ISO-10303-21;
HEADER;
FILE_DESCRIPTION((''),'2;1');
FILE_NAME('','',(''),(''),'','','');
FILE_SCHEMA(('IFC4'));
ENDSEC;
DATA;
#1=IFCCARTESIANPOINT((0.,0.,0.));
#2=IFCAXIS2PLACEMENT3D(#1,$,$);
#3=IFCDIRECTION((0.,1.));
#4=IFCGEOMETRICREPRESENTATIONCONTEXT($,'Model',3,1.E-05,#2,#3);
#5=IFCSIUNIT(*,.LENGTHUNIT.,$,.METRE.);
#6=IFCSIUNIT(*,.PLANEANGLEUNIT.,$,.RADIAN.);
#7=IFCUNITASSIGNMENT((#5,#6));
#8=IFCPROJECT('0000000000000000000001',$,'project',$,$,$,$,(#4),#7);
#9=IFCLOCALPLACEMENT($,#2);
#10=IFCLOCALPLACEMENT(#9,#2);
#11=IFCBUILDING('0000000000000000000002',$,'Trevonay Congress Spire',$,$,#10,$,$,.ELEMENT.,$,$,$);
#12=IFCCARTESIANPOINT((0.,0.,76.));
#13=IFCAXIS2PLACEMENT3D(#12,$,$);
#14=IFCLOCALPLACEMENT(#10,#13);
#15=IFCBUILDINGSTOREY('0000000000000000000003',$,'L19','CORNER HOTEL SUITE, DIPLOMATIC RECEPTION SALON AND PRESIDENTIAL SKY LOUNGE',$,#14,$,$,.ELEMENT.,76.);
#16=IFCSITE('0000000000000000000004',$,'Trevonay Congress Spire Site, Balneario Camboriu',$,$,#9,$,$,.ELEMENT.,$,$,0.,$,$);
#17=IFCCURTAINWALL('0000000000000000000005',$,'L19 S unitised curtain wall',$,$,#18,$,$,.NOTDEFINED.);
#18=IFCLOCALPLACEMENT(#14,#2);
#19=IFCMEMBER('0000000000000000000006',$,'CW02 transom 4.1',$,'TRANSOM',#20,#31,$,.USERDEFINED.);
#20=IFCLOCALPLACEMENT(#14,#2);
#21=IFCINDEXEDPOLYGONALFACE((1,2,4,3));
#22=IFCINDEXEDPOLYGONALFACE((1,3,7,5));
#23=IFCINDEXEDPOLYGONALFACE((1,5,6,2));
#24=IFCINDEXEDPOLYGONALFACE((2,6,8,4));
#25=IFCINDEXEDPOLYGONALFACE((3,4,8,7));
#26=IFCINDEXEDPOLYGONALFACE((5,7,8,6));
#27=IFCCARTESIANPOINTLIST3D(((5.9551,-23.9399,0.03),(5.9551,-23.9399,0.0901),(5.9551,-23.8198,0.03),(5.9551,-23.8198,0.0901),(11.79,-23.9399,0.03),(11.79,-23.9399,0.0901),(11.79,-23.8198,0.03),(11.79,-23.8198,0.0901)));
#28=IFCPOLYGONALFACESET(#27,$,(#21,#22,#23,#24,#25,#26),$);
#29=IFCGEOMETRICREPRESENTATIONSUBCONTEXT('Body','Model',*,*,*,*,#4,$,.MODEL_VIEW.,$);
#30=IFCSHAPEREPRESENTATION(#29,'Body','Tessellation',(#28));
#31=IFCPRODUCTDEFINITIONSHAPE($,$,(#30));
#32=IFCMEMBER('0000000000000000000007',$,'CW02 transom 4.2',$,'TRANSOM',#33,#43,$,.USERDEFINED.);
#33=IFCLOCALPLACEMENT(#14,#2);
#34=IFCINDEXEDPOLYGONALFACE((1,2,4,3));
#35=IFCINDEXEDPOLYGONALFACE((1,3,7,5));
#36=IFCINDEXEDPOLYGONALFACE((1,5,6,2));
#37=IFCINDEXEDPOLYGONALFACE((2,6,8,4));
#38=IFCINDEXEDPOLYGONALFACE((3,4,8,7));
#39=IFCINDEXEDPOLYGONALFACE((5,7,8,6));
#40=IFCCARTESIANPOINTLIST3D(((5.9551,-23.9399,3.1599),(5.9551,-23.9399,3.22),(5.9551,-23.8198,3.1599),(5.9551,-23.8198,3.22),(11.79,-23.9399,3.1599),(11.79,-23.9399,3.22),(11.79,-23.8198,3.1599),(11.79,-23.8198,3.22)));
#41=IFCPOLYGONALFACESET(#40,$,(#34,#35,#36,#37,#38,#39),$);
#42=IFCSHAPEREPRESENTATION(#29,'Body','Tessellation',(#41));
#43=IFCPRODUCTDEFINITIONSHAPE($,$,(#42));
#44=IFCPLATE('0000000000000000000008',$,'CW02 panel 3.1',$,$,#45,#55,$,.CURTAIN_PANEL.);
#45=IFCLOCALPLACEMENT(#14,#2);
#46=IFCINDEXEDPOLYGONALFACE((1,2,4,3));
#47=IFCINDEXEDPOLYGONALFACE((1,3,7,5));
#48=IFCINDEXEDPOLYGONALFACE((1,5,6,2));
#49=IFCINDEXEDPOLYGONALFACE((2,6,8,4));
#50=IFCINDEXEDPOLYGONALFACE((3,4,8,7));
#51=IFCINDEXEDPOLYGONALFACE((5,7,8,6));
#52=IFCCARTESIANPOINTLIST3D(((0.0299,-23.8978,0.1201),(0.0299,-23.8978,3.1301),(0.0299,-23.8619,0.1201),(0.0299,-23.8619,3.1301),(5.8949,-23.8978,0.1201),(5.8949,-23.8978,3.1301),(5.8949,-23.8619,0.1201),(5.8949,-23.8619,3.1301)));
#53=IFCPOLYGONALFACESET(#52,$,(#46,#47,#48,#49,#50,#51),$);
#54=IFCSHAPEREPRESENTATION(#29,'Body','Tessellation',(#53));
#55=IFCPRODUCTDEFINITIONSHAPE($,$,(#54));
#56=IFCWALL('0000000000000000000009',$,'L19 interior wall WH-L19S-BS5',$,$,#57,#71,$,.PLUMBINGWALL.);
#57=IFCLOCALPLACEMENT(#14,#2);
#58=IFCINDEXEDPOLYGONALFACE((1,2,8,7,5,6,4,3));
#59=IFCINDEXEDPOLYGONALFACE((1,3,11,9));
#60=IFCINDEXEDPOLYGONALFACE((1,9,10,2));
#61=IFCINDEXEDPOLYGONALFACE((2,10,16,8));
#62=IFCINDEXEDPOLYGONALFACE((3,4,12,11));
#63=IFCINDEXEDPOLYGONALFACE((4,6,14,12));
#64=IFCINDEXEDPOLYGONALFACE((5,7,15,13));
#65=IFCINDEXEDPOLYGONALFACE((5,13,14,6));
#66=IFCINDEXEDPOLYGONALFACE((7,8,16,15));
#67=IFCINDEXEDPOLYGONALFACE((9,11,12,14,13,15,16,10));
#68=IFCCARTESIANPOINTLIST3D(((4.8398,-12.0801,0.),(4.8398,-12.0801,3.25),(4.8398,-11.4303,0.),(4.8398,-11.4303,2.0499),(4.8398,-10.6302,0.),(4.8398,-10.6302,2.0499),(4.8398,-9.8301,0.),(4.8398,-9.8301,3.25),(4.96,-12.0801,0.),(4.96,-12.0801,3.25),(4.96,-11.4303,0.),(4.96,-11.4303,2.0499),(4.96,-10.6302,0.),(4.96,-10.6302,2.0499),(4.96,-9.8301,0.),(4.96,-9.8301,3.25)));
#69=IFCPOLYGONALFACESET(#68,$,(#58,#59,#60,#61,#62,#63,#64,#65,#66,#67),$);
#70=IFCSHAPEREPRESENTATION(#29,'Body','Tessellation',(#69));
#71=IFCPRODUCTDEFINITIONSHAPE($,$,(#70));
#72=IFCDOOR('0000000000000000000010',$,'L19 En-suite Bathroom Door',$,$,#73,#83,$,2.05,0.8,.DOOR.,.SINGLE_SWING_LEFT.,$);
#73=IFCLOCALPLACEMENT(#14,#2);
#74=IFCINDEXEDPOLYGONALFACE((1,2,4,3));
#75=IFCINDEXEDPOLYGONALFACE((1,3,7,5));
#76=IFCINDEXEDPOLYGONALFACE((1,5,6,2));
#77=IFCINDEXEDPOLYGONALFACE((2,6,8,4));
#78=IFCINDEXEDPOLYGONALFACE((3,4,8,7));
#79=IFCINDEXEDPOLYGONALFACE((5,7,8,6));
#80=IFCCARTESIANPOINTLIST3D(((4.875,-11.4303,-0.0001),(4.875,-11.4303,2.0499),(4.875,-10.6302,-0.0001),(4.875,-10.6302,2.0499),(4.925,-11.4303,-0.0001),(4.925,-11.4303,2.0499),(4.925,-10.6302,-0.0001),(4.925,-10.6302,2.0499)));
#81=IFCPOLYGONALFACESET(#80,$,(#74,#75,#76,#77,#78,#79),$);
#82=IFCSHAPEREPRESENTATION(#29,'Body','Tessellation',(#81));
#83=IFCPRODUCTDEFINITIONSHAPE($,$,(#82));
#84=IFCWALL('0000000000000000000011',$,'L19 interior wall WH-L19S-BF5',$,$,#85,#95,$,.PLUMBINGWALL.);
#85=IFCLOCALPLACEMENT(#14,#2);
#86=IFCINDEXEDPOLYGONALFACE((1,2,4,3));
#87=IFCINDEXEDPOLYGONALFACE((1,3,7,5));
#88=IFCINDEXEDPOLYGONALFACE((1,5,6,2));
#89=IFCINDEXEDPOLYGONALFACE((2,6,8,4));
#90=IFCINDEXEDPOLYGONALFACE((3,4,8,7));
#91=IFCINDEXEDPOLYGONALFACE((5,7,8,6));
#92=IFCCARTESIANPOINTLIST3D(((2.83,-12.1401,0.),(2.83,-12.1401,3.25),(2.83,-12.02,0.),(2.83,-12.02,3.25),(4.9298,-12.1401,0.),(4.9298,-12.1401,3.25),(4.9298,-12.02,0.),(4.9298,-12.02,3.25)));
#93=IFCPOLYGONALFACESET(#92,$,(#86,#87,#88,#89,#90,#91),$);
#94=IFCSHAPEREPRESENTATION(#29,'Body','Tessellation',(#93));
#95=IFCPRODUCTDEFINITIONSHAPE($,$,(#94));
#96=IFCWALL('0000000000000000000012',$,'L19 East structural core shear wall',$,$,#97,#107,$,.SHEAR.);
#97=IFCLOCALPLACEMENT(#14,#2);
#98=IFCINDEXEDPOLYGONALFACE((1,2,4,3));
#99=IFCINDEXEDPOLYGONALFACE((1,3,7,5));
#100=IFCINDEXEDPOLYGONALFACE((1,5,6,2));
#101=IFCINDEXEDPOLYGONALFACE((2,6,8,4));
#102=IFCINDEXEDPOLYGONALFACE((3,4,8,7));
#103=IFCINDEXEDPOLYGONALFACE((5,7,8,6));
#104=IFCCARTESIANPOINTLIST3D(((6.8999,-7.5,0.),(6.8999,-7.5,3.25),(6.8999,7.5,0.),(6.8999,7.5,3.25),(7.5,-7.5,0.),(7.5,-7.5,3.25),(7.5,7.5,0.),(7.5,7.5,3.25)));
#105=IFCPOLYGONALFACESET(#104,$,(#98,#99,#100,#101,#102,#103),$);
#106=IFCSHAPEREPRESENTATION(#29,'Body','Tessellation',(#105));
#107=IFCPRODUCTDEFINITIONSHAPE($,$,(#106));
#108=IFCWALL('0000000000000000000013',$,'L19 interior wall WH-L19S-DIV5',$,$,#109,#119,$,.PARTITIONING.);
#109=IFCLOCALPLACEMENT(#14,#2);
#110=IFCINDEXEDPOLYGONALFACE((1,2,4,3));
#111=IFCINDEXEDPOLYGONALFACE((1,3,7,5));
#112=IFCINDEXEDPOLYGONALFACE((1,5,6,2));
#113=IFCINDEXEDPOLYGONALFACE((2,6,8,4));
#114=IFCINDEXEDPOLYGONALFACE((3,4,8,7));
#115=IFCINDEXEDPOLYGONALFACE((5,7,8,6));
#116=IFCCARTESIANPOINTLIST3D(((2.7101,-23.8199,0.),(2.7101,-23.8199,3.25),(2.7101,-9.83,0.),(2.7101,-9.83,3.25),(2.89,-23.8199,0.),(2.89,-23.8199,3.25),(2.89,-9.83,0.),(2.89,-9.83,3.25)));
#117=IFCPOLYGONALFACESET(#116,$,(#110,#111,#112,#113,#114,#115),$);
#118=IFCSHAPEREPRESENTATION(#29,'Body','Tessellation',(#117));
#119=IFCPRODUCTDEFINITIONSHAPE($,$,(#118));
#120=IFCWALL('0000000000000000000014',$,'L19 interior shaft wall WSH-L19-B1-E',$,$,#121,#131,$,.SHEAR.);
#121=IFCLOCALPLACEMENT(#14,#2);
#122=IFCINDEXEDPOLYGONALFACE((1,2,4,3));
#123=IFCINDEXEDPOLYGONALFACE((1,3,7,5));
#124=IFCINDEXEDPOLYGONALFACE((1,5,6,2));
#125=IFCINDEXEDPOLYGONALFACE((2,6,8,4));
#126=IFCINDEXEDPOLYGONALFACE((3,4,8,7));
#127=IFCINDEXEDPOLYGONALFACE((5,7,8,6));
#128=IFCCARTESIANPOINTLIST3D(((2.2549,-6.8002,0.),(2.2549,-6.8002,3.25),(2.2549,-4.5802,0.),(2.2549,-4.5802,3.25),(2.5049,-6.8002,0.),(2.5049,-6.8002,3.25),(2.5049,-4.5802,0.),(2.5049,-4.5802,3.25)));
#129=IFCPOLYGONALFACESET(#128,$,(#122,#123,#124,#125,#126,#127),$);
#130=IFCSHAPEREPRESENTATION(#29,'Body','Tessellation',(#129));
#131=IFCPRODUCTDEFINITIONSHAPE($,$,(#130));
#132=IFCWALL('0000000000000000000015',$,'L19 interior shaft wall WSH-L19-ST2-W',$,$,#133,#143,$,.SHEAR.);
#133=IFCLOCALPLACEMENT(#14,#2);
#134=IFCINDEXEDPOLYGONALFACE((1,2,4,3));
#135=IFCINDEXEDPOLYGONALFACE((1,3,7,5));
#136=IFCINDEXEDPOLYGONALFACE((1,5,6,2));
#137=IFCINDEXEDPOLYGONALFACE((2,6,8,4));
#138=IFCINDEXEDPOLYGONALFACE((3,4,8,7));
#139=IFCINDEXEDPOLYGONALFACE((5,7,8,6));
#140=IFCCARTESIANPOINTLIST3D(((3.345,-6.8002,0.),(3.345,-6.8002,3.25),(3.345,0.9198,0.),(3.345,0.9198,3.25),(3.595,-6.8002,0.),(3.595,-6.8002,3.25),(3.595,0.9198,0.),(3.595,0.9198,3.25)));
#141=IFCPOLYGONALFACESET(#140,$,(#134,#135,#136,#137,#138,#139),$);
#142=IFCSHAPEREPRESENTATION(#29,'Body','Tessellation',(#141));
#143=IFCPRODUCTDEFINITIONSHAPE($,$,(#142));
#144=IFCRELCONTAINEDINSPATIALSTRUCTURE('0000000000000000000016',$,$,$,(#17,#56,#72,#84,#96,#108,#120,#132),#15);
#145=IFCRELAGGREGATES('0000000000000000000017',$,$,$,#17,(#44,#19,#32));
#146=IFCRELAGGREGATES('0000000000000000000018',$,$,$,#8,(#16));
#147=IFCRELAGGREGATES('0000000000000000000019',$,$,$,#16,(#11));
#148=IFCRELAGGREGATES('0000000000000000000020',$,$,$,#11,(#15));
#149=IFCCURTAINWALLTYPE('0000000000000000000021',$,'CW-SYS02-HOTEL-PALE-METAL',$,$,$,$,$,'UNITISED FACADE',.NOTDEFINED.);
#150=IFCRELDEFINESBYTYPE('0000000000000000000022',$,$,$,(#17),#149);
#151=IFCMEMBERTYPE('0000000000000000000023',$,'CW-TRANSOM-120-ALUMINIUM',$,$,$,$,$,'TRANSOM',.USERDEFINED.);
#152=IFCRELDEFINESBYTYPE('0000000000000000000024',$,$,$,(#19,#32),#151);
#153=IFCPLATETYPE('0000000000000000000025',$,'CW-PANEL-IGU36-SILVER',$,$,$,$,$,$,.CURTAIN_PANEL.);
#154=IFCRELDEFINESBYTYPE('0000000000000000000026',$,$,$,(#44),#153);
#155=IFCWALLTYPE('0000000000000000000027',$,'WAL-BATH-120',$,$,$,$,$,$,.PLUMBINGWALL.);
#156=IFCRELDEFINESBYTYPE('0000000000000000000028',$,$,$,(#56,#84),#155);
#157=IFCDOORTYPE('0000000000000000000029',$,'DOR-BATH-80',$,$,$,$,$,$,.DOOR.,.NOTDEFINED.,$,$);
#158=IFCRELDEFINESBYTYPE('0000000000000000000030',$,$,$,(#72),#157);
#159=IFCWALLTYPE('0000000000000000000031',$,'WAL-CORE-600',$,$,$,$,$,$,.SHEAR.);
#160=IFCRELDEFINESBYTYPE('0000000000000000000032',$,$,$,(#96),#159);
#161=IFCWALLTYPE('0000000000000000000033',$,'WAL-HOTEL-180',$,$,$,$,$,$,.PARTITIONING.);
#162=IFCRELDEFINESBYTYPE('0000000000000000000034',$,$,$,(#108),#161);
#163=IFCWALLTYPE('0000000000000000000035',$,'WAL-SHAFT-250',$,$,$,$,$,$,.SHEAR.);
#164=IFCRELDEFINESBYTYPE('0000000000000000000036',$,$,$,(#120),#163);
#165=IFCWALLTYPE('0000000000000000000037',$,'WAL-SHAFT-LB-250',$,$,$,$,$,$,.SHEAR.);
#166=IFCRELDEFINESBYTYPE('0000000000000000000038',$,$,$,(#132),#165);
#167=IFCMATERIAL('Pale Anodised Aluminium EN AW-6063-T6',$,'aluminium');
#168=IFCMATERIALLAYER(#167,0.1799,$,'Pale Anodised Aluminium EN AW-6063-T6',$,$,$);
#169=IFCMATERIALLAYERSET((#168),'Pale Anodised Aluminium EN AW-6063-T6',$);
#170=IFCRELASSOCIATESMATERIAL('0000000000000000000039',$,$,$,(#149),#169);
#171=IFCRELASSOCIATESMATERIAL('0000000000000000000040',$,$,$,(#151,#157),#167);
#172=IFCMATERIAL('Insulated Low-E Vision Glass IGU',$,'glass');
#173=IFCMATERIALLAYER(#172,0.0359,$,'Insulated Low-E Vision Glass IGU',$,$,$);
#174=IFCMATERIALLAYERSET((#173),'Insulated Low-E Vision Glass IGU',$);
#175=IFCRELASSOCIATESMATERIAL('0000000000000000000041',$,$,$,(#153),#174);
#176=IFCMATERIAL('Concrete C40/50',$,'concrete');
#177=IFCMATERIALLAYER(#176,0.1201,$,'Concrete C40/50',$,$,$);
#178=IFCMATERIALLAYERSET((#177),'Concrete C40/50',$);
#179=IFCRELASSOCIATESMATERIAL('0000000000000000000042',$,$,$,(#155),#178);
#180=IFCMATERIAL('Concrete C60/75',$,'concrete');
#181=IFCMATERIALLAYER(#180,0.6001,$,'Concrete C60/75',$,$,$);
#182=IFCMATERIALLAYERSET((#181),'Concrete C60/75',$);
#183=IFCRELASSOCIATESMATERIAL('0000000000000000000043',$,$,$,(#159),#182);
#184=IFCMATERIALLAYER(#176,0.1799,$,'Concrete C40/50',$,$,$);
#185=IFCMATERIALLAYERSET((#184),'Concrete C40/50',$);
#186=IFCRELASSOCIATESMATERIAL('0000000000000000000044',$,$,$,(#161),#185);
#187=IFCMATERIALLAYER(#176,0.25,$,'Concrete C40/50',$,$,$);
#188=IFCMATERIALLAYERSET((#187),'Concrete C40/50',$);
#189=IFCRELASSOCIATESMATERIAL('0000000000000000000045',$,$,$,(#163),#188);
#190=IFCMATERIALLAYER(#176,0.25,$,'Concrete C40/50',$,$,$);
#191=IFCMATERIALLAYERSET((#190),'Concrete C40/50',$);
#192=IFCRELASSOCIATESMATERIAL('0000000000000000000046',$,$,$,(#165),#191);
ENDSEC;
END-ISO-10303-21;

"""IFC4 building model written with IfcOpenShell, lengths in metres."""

from ifc_helpers import new_model, si_unit, direction, frame, frame_2d, origin, origin_2d, place, context, subcontext, project, spatial, rectangle, extrude, material, layer, layer_set, material_profile, profile_set, type_object, element, fill, aggregate, save


model = new_model("IFC4")

# Units and contexts
model_context = context("Model", 3, precision=1e-05, world=origin(), true_north=direction((0.0, 1.0)))
body_context = subcontext(model_context, "Body", "Model", "MODEL_VIEW")
ifc_project = project(units=[si_unit("LENGTHUNIT", "METRE"), si_unit("PLANEANGLEUNIT", "RADIAN")], contexts=[model_context])

# Site, building, storey
site_placement = place(None, origin())
site = spatial("IfcSite", under=ifc_project, at=site_placement, Name="Trevonay Congress Spire Site, Balneario Camboriu", CompositionType="ELEMENT", RefElevation=0.0)
building_placement = place(site_placement, origin())
building = spatial("IfcBuilding", under=site, at=building_placement, Name="Trevonay Congress Spire", CompositionType="ELEMENT")
storey_placement = place(building_placement, frame((0.0, 0.0, 76.0)))
storey = spatial("IfcBuildingStorey", under=building, at=storey_placement, Name="L19", Description="CORNER HOTEL SUITE, DIPLOMATIC RECEPTION SALON AND PRESIDENTIAL SKY LOUNGE", CompositionType="ELEMENT", Elevation=76.0)

# Curtain wall, members, plate
ifc_material_1 = material(Name="Pale Anodised Aluminium EN AW-6063-T6", Category="aluminium")
ifc_layer_1 = layer(ifc_material_1, 0.1799, Name="Pale Anodised Aluminium EN AW-6063-T6")
ifc_layer_set_1 = layer_set([ifc_layer_1], Name="Pale Anodised Aluminium EN AW-6063-T6")
curtain_wall_type = type_object("IfcCurtainWallType", Name="CW-SYS02-HOTEL-PALE-METAL", ElementType="UNITISED FACADE", PredefinedType="NOTDEFINED", material=ifc_layer_set_1)
curtain_wall_placement = place(storey_placement, origin())
curtain_wall = element("IfcCurtainWall", 1, at=curtain_wall_placement, inside=storey, type_object=curtain_wall_type, Name="L19 S unitised curtain wall", PredefinedType="NOTDEFINED")
ifc_material_profile_1 = material_profile(ifc_material_1, rectangle(XDim=0.1201, YDim=0.0601, at=origin_2d()), Name="CW-TRANSOM-120-ALUMINIUM")
ifc_profile_set_1 = profile_set([ifc_material_profile_1], Name="Pale Anodised Aluminium EN AW-6063-T6")
member_type_1 = type_object("IfcMemberType", Name="CW-TRANSOM-120-ALUMINIUM", ElementType="TRANSOM", PredefinedType="USERDEFINED", material=ifc_profile_set_1)
member_1_placement = place(storey_placement, frame((5.9551, -23.8799, 0.0601), z_axis=(1.0, 0.0, 0.0), x_axis=(0.0, 1.0, 0.0)))
member_1 = element("IfcMember", 2, at=member_1_placement, type_object=member_type_1, Name="CW02 transom 4.1", ObjectType="TRANSOM", PredefinedType="USERDEFINED", context=body_context, shape_type="SweptSolid", body=[
    extrude(rectangle(XDim=0.1201, YDim=0.0601, at=origin_2d()), origin(), (0.0, 0.0, 1.0), 5.835),
])
member_2_placement = place(storey_placement, frame((5.9551, -23.8799, 3.1899), z_axis=(1.0, 0.0, 0.0), x_axis=(0.0, 1.0, 0.0)))
member_2 = element("IfcMember", 3, at=member_2_placement, type_object=member_type_1, Name="CW02 transom 4.2", ObjectType="TRANSOM", PredefinedType="USERDEFINED", context=body_context, shape_type="SweptSolid", body=[
    extrude(rectangle(XDim=0.1201, YDim=0.0601, at=origin_2d()), origin(), (0.0, 0.0, 1.0), 5.835),
])
ifc_material_2 = material(Name="Insulated Low-E Vision Glass IGU", Category="glass")
ifc_layer_2 = layer(ifc_material_2, 0.0359, Name="Insulated Low-E Vision Glass IGU")
ifc_layer_set_2 = layer_set([ifc_layer_2], Name="Insulated Low-E Vision Glass IGU")
plate_type = type_object("IfcPlateType", Name="CW-PANEL-IGU36-SILVER", PredefinedType="CURTAIN_PANEL", material=ifc_layer_set_2)
plate_placement = place(storey_placement, frame((2.9624, -23.8799, 0.1201), z_axis=(0.0, 0.0, 1.0), x_axis=(1.0, 0.0, 0.0)))
plate = element("IfcPlate", 4, at=plate_placement, type_object=plate_type, Name="CW02 panel 3.1", PredefinedType="CURTAIN_PANEL", context=body_context, shape_type="SweptSolid", body=[
    extrude(rectangle(XDim=5.865, YDim=0.0359, at=origin_2d()), origin(), (0.0, 0.0, 1.0), 3.01),
])
aggregate(curtain_wall, [plate, member_1, member_2])

# Wall, opening, door
ifc_material_3 = material(Name="Concrete C40/50", Category="concrete")
ifc_layer_3 = layer(ifc_material_3, 0.1201, Name="Concrete C40/50")
ifc_layer_set_3 = layer_set([ifc_layer_3], Name="Concrete C40/50")
wall_type_1 = type_object("IfcWallType", Name="WAL-BATH-120", PredefinedType="PLUMBINGWALL", material=ifc_layer_set_3)
wall_1_placement = place(storey_placement, frame((4.8999, -12.0801, 0.0), z_axis=(0.0, 0.0, 1.0), x_axis=(0.0, 1.0, 0.0)))
wall_1 = element("IfcWall", 5, at=wall_1_placement, inside=storey, type_object=wall_type_1, Name="L19 interior wall WH-L19S-BS5", PredefinedType="PLUMBINGWALL", context=body_context, shape_type="SweptSolid", body=[
    extrude(rectangle(XDim=2.25, YDim=0.1201, at=frame_2d((1.125, 0.0))), origin(), (0.0, 0.0, 1.0), 3.25),
])
opening_placement = place(wall_1_placement, frame((0.6499, 0.0, 0.0)))
opening = element("IfcOpeningElement", 6, at=opening_placement, cuts=wall_1, PredefinedType="OPENING", context=body_context, shape_type="SweptSolid", body=[
    extrude(rectangle(XDim=0.8, YDim=2.05, at=frame_2d((0.3999, 1.0249))), frame((0.0, 0.0701, 0.0), z_axis=(0.0, -1.0, 0.0), x_axis=(1.0, 0.0, 0.0)), (0.0, 0.0, 1.0), 0.1401),
])
door_type = type_object("IfcDoorType", Name="DOR-BATH-80", OperationType="NOTDEFINED", PredefinedType="DOOR", material=ifc_material_1)
door_placement = place(opening_placement, origin())
door = element("IfcDoor", 7, at=door_placement, inside=storey, type_object=door_type, Name="L19 En-suite Bathroom Door", OperationType="SINGLE_SWING_LEFT", OverallHeight=2.05, OverallWidth=0.8, PredefinedType="DOOR", context=body_context, shape_type="SweptSolid", body=[
    extrude(rectangle(XDim=0.8, YDim=2.05, at=frame_2d((0.3999, 1.0249))), frame((0.0, 0.0249, 0.0), z_axis=(0.0, -1.0, 0.0), x_axis=(1.0, 0.0, 0.0)), (0.0, 0.0, 1.0), 0.05),
])
fill(opening, door)

# Walls
wall_2_placement = place(storey_placement, frame((2.8301, -12.0801, 0.0), z_axis=(0.0, 0.0, 1.0), x_axis=(1.0, 0.0, 0.0)))
element("IfcWall", 8, at=wall_2_placement, inside=storey, type_object=wall_type_1, Name="L19 interior wall WH-L19S-BF5", PredefinedType="PLUMBINGWALL", context=body_context, shape_type="SweptSolid", body=[
    extrude(rectangle(XDim=2.0999, YDim=0.1201, at=frame_2d((1.0498, 0.0))), origin(), (0.0, 0.0, 1.0), 3.25),
])
ifc_material_4 = material(Name="Concrete C60/75", Category="concrete")
ifc_layer_4 = layer(ifc_material_4, 0.6001, Name="Concrete C60/75")
ifc_layer_set_4 = layer_set([ifc_layer_4], Name="Concrete C60/75")
wall_type_2 = type_object("IfcWallType", Name="WAL-CORE-600", PredefinedType="SHEAR", material=ifc_layer_set_4)
wall_3_placement = place(storey_placement, frame((7.2, -7.5, 0.0), z_axis=(0.0, 0.0, 1.0), x_axis=(0.0, 1.0, 0.0)))
element("IfcWall", 9, at=wall_3_placement, inside=storey, type_object=wall_type_2, Name="L19 East structural core shear wall", PredefinedType="SHEAR", context=body_context, shape_type="SweptSolid", body=[
    extrude(rectangle(XDim=15.0, YDim=0.6001, at=frame_2d((7.5, 0.0))), origin(), (0.0, 0.0, 1.0), 3.25),
])
ifc_layer_5 = layer(ifc_material_3, 0.1799, Name="Concrete C40/50")
ifc_layer_set_5 = layer_set([ifc_layer_5], Name="Concrete C40/50")
wall_type_3 = type_object("IfcWallType", Name="WAL-HOTEL-180", PredefinedType="PARTITIONING", material=ifc_layer_set_5)
wall_4_placement = place(storey_placement, frame((2.8, -23.8201, 0.0), z_axis=(0.0, 0.0, 1.0), x_axis=(0.0, 1.0, 0.0)))
element("IfcWall", 10, at=wall_4_placement, inside=storey, type_object=wall_type_3, Name="L19 interior wall WH-L19S-DIV5", PredefinedType="PARTITIONING", context=body_context, shape_type="SweptSolid", body=[
    extrude(rectangle(XDim=13.99, YDim=0.1799, at=frame_2d((6.9951, 0.0))), origin(), (0.0, 0.0, 1.0), 3.25),
])
ifc_layer_6 = layer(ifc_material_3, 0.25, Name="Concrete C40/50")
ifc_layer_set_6 = layer_set([ifc_layer_6], Name="Concrete C40/50")
wall_type_4 = type_object("IfcWallType", Name="WAL-SHAFT-250", PredefinedType="SHEAR", material=ifc_layer_set_6)
wall_5_placement = place(storey_placement, frame((2.3799, -6.8, 0.0), z_axis=(0.0, 0.0, 1.0), x_axis=(0.0, 1.0, 0.0)))
element("IfcWall", 11, at=wall_5_placement, inside=storey, type_object=wall_type_4, Name="L19 interior shaft wall WSH-L19-B1-E", PredefinedType="SHEAR", context=body_context, shape_type="SweptSolid", body=[
    extrude(rectangle(XDim=2.22, YDim=0.25, at=frame_2d((1.1099, 0.0))), origin(), (0.0, 0.0, 1.0), 3.25),
])
ifc_layer_7 = layer(ifc_material_3, 0.25, Name="Concrete C40/50")
ifc_layer_set_7 = layer_set([ifc_layer_7], Name="Concrete C40/50")
wall_type_5 = type_object("IfcWallType", Name="WAL-SHAFT-LB-250", PredefinedType="SHEAR", material=ifc_layer_set_7)
wall_6_placement = place(storey_placement, frame((3.47, -6.8, 0.0), z_axis=(0.0, 0.0, 1.0), x_axis=(0.0, 1.0, 0.0)))
element("IfcWall", 12, at=wall_6_placement, inside=storey, type_object=wall_type_5, Name="L19 interior shaft wall WSH-L19-ST2-W", PredefinedType="SHEAR", context=body_context, shape_type="SweptSolid", body=[
    extrude(rectangle(XDim=7.72, YDim=0.25, at=frame_2d((3.8599, 0.0))), origin(), (0.0, 0.0, 1.0), 3.25),
])

save(model, "model.ifc")
